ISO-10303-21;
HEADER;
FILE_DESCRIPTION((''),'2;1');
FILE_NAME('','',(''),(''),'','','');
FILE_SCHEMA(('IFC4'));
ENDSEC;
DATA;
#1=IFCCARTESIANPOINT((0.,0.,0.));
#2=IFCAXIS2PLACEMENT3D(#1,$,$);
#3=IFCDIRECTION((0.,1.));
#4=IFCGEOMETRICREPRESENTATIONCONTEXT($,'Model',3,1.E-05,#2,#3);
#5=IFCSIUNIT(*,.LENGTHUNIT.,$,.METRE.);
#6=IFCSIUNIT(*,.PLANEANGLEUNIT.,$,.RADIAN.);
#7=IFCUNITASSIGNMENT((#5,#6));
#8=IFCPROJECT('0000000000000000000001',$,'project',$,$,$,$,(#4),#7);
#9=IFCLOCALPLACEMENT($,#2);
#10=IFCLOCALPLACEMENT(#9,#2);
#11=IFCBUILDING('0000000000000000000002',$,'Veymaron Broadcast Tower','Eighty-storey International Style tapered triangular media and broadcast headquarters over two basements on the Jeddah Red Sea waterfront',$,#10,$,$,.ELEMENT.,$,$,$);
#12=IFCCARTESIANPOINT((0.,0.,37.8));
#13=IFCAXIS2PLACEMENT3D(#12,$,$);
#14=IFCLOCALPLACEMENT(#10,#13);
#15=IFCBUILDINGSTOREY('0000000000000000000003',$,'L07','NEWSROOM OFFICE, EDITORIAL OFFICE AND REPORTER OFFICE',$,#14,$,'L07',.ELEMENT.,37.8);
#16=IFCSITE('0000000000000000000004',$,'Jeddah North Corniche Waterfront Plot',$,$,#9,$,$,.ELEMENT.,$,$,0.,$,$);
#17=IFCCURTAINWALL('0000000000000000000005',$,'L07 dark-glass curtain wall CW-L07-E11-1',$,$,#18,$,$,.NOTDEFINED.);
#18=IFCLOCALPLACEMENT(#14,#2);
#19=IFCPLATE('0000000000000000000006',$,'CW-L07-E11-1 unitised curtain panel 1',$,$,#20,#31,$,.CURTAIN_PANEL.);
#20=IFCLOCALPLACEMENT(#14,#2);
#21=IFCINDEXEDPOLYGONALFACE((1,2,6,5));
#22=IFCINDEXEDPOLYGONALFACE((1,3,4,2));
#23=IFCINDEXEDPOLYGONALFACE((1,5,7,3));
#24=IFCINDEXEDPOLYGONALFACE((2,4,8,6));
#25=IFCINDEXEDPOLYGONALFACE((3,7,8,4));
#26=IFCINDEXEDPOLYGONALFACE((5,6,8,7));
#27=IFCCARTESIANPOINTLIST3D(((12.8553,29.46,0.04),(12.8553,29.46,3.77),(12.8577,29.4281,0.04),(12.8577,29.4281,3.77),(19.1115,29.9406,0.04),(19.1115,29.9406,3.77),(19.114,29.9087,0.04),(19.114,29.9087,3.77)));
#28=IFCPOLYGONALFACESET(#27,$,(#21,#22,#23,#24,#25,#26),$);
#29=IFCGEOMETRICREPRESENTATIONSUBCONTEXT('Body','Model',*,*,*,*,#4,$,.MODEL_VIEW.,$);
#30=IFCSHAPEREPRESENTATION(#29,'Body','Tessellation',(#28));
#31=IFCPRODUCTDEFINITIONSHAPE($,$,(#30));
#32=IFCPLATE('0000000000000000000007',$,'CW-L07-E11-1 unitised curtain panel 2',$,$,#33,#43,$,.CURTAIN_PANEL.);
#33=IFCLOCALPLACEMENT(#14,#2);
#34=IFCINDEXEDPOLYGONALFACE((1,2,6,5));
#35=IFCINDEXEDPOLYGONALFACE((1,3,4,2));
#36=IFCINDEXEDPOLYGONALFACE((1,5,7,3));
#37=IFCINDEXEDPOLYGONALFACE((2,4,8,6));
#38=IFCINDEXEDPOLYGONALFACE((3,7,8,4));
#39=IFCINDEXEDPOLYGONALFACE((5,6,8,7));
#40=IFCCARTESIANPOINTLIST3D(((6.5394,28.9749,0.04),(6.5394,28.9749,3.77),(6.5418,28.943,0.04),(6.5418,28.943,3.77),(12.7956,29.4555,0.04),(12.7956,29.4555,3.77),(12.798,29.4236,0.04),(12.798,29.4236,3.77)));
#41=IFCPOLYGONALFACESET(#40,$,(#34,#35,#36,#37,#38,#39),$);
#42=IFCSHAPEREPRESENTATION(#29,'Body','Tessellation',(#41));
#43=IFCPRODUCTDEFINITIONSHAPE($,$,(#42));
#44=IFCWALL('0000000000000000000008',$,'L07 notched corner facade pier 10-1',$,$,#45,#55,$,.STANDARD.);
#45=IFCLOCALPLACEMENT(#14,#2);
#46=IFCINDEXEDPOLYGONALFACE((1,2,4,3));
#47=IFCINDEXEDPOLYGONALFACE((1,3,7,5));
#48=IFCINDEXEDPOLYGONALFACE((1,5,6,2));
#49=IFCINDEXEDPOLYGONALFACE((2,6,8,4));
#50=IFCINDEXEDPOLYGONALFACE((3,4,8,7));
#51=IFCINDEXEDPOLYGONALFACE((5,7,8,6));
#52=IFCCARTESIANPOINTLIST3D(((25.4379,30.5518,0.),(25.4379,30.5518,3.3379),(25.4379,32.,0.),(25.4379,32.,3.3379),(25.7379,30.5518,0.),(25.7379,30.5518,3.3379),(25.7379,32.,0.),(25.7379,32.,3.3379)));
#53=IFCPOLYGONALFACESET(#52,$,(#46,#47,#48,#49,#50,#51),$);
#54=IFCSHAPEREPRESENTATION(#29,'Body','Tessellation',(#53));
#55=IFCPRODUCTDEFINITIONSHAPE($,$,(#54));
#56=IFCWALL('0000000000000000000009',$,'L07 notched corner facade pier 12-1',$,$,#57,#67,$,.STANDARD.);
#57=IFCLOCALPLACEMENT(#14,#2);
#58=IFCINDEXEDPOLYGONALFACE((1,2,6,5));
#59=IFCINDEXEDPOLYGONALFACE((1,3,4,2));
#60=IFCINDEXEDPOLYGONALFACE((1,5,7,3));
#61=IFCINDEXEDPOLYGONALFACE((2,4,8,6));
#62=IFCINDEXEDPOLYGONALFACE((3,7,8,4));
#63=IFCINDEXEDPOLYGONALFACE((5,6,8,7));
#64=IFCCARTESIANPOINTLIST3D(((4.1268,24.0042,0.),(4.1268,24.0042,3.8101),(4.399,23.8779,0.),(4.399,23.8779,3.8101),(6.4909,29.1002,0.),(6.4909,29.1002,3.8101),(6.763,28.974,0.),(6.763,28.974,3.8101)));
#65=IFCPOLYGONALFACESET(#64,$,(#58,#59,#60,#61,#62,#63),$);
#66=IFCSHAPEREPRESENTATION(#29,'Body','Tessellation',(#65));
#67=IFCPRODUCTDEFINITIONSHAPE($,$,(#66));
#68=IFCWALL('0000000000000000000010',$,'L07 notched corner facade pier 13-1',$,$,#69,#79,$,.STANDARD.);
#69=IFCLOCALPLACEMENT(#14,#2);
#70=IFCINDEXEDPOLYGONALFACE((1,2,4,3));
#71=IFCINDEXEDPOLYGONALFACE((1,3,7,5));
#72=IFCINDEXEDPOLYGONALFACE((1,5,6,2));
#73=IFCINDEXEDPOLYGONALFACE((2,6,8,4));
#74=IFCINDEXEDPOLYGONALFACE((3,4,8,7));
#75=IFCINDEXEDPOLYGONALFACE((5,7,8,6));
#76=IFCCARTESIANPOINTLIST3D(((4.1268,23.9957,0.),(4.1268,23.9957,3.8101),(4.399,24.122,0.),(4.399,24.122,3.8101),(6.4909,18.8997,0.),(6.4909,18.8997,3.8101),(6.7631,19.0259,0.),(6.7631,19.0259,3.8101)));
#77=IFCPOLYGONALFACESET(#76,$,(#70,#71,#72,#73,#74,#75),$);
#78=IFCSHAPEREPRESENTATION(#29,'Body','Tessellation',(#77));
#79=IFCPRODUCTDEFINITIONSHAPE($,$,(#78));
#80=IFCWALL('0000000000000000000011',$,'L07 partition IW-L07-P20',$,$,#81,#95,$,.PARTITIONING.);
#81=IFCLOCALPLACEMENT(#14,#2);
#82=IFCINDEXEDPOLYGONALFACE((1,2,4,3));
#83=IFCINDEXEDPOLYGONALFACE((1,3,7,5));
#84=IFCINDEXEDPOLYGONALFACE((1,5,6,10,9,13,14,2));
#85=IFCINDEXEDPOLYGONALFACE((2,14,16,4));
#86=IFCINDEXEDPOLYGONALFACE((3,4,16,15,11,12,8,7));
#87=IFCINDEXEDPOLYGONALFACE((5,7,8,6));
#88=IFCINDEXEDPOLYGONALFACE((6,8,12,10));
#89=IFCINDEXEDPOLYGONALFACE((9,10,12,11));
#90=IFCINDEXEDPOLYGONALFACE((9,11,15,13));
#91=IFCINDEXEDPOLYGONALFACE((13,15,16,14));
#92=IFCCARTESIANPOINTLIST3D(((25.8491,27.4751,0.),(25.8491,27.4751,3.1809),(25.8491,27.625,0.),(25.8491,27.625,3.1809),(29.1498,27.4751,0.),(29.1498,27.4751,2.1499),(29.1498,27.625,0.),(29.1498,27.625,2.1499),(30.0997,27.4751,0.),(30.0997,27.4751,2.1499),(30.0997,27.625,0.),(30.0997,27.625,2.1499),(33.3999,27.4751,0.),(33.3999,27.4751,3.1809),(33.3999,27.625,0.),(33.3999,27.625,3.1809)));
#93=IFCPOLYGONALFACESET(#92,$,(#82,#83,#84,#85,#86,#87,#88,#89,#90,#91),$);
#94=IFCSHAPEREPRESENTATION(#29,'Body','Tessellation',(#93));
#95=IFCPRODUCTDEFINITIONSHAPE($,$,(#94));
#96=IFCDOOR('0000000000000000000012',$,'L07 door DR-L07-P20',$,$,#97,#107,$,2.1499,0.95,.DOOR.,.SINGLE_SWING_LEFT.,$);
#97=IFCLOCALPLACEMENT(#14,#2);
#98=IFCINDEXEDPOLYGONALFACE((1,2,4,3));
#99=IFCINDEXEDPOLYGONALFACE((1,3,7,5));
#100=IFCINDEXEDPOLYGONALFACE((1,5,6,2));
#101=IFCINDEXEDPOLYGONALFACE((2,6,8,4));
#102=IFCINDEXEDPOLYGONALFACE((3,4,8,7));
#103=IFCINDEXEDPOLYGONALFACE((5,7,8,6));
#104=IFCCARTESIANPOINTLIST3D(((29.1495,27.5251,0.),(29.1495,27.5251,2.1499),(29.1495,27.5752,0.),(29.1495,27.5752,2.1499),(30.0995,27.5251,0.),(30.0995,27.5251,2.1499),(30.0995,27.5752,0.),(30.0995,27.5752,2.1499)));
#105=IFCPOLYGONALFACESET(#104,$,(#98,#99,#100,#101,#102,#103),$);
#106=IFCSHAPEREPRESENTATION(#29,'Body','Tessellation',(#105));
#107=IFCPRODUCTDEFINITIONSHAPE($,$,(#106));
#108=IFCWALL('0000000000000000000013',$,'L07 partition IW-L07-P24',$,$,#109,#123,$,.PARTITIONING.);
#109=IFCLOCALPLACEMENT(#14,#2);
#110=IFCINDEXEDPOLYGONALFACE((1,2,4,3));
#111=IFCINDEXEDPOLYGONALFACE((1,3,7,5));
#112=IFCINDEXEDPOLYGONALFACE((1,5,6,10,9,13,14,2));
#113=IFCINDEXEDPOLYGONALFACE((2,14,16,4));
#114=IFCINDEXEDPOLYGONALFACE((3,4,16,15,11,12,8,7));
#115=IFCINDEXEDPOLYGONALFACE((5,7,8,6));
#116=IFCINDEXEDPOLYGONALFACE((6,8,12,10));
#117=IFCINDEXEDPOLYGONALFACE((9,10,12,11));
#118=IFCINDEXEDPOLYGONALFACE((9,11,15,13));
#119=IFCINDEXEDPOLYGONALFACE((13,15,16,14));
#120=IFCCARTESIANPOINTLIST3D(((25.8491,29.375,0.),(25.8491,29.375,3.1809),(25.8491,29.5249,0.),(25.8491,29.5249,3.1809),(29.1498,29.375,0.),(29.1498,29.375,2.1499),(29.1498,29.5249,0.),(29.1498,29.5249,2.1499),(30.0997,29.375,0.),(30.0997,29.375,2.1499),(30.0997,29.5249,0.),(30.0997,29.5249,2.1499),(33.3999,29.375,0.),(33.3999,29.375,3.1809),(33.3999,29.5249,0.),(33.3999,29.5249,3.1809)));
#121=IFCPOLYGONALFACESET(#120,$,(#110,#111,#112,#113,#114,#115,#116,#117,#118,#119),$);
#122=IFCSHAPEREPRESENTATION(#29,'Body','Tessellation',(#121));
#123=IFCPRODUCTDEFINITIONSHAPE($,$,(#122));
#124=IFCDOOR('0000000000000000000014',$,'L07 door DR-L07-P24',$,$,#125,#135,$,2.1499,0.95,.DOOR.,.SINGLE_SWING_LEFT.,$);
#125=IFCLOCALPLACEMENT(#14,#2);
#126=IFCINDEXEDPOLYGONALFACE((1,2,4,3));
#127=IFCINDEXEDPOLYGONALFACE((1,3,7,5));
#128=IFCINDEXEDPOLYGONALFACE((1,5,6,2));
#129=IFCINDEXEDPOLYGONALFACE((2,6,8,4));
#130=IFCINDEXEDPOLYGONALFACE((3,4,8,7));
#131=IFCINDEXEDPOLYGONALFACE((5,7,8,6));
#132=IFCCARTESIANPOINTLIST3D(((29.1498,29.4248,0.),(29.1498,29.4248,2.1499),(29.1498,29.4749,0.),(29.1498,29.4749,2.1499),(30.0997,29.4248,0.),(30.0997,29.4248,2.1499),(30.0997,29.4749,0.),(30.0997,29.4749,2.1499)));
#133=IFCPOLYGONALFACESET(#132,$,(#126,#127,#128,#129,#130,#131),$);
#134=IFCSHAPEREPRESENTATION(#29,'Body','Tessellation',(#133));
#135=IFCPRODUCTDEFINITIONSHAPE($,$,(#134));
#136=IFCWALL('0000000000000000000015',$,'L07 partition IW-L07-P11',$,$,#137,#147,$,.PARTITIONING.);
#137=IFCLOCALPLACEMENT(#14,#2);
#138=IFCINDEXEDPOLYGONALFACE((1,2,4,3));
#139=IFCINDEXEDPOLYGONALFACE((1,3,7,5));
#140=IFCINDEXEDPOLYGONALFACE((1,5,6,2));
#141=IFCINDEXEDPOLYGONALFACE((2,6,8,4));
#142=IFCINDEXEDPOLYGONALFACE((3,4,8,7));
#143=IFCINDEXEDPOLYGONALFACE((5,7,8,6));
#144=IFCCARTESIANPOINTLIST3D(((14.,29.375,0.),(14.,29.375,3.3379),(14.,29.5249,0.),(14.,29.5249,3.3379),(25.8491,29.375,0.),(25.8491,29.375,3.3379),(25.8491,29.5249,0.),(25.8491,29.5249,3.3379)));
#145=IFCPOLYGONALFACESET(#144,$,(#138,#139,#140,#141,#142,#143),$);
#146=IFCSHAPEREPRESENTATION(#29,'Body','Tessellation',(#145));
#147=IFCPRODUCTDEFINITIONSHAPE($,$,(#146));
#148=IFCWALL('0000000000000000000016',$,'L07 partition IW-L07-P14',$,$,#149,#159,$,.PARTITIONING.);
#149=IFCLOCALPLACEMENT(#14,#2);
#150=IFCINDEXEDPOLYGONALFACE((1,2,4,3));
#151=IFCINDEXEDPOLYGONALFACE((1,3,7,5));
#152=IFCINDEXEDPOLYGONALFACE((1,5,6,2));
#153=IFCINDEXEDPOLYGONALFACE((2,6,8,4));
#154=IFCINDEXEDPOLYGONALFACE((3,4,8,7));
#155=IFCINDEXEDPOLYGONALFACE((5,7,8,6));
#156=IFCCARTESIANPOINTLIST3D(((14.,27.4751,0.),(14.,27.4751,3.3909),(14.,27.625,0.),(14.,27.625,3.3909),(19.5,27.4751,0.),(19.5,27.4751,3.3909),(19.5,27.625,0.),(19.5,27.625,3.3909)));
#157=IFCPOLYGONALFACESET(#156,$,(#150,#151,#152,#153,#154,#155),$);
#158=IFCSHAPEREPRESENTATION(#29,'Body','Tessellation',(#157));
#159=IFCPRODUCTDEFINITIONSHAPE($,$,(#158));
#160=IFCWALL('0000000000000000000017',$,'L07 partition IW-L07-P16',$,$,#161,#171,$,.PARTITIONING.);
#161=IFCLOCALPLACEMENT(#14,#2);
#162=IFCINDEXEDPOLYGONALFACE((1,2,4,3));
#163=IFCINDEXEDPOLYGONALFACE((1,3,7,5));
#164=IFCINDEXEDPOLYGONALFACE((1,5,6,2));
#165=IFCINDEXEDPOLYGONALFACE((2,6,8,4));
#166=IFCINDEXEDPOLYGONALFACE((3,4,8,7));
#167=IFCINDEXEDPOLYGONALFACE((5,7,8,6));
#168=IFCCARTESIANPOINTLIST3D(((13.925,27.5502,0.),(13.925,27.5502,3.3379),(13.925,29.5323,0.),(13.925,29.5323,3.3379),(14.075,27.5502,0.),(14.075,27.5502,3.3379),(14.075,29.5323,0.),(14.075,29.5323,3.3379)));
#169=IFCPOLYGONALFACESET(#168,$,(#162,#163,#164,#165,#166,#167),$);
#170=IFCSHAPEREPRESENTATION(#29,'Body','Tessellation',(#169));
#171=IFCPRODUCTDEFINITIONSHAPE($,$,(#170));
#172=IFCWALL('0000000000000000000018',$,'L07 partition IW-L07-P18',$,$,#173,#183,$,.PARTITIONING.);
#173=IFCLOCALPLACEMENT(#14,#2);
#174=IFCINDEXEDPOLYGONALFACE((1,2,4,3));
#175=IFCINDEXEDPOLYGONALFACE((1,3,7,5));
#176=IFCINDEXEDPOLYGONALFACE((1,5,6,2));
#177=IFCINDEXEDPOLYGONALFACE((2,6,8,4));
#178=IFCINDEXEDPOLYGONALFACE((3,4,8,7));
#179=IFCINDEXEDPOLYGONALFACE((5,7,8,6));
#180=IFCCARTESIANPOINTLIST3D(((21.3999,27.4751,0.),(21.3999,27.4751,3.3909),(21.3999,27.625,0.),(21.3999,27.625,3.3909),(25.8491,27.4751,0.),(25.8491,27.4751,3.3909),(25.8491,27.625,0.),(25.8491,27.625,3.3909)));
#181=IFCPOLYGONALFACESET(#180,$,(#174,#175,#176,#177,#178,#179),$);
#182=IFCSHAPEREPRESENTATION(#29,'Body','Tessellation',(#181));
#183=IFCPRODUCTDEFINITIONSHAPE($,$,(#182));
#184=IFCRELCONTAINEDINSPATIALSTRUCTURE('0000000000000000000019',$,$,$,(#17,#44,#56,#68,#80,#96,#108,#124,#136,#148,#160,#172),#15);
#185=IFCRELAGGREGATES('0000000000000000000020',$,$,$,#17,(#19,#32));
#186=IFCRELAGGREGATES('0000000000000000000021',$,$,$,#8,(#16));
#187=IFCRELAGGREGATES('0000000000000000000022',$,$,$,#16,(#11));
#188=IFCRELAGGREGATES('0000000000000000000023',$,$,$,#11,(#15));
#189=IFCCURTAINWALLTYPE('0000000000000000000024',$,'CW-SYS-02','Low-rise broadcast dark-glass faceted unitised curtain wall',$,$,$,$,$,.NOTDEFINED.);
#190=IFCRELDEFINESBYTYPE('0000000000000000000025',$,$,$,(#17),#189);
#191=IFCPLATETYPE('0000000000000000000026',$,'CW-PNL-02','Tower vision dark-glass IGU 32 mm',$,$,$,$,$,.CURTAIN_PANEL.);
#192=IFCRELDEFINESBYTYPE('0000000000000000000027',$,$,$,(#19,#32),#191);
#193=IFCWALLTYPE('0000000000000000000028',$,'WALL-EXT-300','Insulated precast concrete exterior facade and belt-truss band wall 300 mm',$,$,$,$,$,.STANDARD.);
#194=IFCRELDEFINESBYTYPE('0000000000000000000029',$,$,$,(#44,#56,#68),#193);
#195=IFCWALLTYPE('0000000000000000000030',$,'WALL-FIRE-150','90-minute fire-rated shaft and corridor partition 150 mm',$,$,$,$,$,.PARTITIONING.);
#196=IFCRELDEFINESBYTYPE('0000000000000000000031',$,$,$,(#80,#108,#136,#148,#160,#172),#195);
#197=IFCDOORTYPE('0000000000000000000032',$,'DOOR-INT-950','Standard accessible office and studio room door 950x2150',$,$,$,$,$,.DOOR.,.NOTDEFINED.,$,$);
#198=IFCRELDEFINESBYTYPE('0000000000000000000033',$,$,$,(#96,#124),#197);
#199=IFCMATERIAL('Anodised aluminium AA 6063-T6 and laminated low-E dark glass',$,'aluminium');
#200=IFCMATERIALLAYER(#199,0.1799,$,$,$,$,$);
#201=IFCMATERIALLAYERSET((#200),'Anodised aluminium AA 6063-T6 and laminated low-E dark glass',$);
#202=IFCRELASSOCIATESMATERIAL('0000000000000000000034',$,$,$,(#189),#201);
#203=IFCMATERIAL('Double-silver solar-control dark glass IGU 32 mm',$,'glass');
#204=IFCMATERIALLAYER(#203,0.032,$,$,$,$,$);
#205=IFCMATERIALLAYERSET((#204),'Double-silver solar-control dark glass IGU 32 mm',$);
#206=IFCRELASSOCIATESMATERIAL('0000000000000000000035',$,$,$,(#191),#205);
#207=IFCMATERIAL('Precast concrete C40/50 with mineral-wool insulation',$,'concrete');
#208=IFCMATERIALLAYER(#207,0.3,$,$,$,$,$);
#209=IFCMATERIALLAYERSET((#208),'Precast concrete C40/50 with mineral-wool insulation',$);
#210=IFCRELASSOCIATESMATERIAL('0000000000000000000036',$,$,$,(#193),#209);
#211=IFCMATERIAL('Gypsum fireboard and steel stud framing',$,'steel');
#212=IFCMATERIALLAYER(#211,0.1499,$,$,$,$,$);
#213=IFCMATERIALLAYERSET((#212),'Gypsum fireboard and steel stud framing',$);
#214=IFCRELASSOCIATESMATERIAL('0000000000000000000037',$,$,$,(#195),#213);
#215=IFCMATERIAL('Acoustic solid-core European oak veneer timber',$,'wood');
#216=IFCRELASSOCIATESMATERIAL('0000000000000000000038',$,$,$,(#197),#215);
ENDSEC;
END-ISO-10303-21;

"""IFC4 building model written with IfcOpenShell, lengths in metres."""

from ifc_helpers import new_model, si_unit, direction, frame, frame_2d, origin, origin_2d, place, context, subcontext, project, spatial, rectangle, extrude, material, layer, layer_set, type_object, element, fill, aggregate, save


model = new_model("IFC4")

# Units and contexts
model_context = context("Model", 3, precision=1e-05, world=origin(), true_north=direction((0.0, 1.0)))
body_context = subcontext(model_context, "Body", "Model", "MODEL_VIEW")
ifc_project = project(units=[si_unit("LENGTHUNIT", "METRE"), si_unit("PLANEANGLEUNIT", "RADIAN")], contexts=[model_context])

# Site, building, storey
site_placement = place(None, origin())
site = spatial("IfcSite", under=ifc_project, at=site_placement, Name="Jeddah North Corniche Waterfront Plot", CompositionType="ELEMENT", RefElevation=0.0)
building_placement = place(site_placement, origin())
building = spatial("IfcBuilding", under=site, at=building_placement, Name="Veymaron Broadcast Tower", Description="Eighty-storey International Style tapered triangular media and broadcast headquarters over two basements on the Jeddah Red Sea waterfront", CompositionType="ELEMENT")
storey_placement = place(building_placement, frame((0.0, 0.0, 37.8)))
storey = spatial("IfcBuildingStorey", under=building, at=storey_placement, Name="L07", Description="NEWSROOM OFFICE, EDITORIAL OFFICE AND REPORTER OFFICE", LongName="L07", CompositionType="ELEMENT", Elevation=37.8)

# Curtain wall, plates
ifc_material_1 = material(Name="Anodised aluminium AA 6063-T6 and laminated low-E dark glass", Category="aluminium")
ifc_layer_1 = layer(ifc_material_1, 0.1799)
ifc_layer_set_1 = layer_set([ifc_layer_1], Name="Anodised aluminium AA 6063-T6 and laminated low-E dark glass")
curtain_wall_type = type_object("IfcCurtainWallType", Name="CW-SYS-02", Description="Low-rise broadcast dark-glass faceted unitised curtain wall", PredefinedType="NOTDEFINED", material=ifc_layer_set_1)
curtain_wall_placement = place(storey_placement, origin())
curtain_wall = element("IfcCurtainWall", 1, at=curtain_wall_placement, inside=storey, type_object=curtain_wall_type, Name="L07 dark-glass curtain wall CW-L07-E11-1", PredefinedType="NOTDEFINED")
ifc_material_2 = material(Name="Double-silver solar-control dark glass IGU 32 mm", Category="glass")
ifc_layer_2 = layer(ifc_material_2, 0.032)
ifc_layer_set_2 = layer_set([ifc_layer_2], Name="Double-silver solar-control dark glass IGU 32 mm")
plate_type = type_object("IfcPlateType", Name="CW-PNL-02", Description="Tower vision dark-glass IGU 32 mm", PredefinedType="CURTAIN_PANEL", material=ifc_layer_set_2)
plate_1_placement = place(storey_placement, frame((15.9846, 29.6843, 0.04), z_axis=(0.0, 0.0, 1.0), x_axis=(-0.997062, -0.076597, 0.0)))
plate_1 = element("IfcPlate", 2, at=plate_1_placement, type_object=plate_type, Name="CW-L07-E11-1 unitised curtain panel 1", PredefinedType="CURTAIN_PANEL", context=body_context, shape_type="SweptSolid", body=[
    extrude(rectangle(XDim=6.2747, YDim=0.032, at=origin_2d()), origin(), (0.0, 0.0, 1.0), 3.73),
])
plate_2_placement = place(storey_placement, frame((9.6687, 29.1992, 0.04), z_axis=(0.0, 0.0, 1.0), x_axis=(-0.997062, -0.076597, 0.0)))
plate_2 = element("IfcPlate", 3, at=plate_2_placement, type_object=plate_type, Name="CW-L07-E11-1 unitised curtain panel 2", PredefinedType="CURTAIN_PANEL", context=body_context, shape_type="SweptSolid", body=[
    extrude(rectangle(XDim=6.2747, YDim=0.032, at=origin_2d()), origin(), (0.0, 0.0, 1.0), 3.73),
])
aggregate(curtain_wall, [plate_1, plate_2])

# Walls
ifc_material_3 = material(Name="Precast concrete C40/50 with mineral-wool insulation", Category="concrete")
ifc_layer_3 = layer(ifc_material_3, 0.3)
ifc_layer_set_3 = layer_set([ifc_layer_3], Name="Precast concrete C40/50 with mineral-wool insulation")
wall_type_1 = type_object("IfcWallType", Name="WALL-EXT-300", Description="Insulated precast concrete exterior facade and belt-truss band wall 300 mm", PredefinedType="STANDARD", material=ifc_layer_set_3)
wall_1_placement = place(storey_placement, frame((25.5879, 32.0, 0.0), z_axis=(0.0, 0.0, 1.0), x_axis=(0.0, -1.0, 0.0)))
element("IfcWall", 4, at=wall_1_placement, inside=storey, type_object=wall_type_1, Name="L07 notched corner facade pier 10-1", PredefinedType="STANDARD", context=body_context, shape_type="SweptSolid", body=[
    extrude(rectangle(XDim=1.4482, YDim=0.3, at=frame_2d((0.7241, 0.0))), origin(), (0.0, 0.0, 1.0), 3.3379),
])
for number, where, z_axis, x_axis, name in (
    (5, (6.627, 29.0371, 0.0), (0.0, 0.0, 1.0), (-0.420824, -0.907142, 0.0), "L07 notched corner facade pier 12-1"),
    (6, (4.2629, 24.0588, 0.0), (0.0, 0.0, 1.0), (0.420824, -0.907142, 0.0), "L07 notched corner facade pier 13-1"),
):
    element("IfcWall", number, at=place(storey_placement, frame(where, z_axis=z_axis, x_axis=x_axis)), inside=storey, type_object=wall_type_1, Name=name, PredefinedType="STANDARD", context=body_context, shape_type="SweptSolid", body=[
        extrude(rectangle(XDim=5.6177, YDim=0.3, at=frame_2d((2.8088, 0.0))), origin(), (0.0, 0.0, 1.0), 3.8101),
    ])

# Walls, openings, doors
ifc_material_4 = material(Name="Gypsum fireboard and steel stud framing", Category="steel")
ifc_layer_4 = layer(ifc_material_4, 0.1499)
ifc_layer_set_4 = layer_set([ifc_layer_4], Name="Gypsum fireboard and steel stud framing")
wall_type_2 = type_object("IfcWallType", Name="WALL-FIRE-150", Description="90-minute fire-rated shaft and corridor partition 150 mm", PredefinedType="PARTITIONING", material=ifc_layer_set_4)
wall_2_placement = place(storey_placement, frame((25.8491, 27.55, 0.0), z_axis=(0.0, 0.0, 1.0), x_axis=(1.0, 0.0, 0.0)))
wall_2 = element("IfcWall", 7, at=wall_2_placement, inside=storey, type_object=wall_type_2, Name="L07 partition IW-L07-P20", PredefinedType="PARTITIONING", context=body_context, shape_type="SweptSolid", body=[
    extrude(rectangle(XDim=7.5508, YDim=0.1499, at=frame_2d((3.7754, 0.0))), origin(), (0.0, 0.0, 1.0), 3.1809),
])
opening_1_placement = place(wall_2_placement, frame((3.3005, 0.0, 0.0)))
opening_1 = element("IfcOpeningElement", 8, at=opening_1_placement, cuts=wall_2, PredefinedType="OPENING", context=body_context, shape_type="SweptSolid", body=[
    extrude(rectangle(XDim=0.95, YDim=2.1499, at=frame_2d((0.4751, 1.075))), frame((0.0, 0.085, 0.0), z_axis=(0.0, -1.0, 0.0), x_axis=(1.0, 0.0, 0.0)), (0.0, 0.0, 1.0), 0.1699),
])
ifc_material_5 = material(Name="Acoustic solid-core European oak veneer timber", Category="wood")
door_type = type_object("IfcDoorType", Name="DOOR-INT-950", Description="Standard accessible office and studio room door 950x2150", OperationType="NOTDEFINED", PredefinedType="DOOR", material=ifc_material_5)
door_1_placement = place(opening_1_placement, frame((0.95, 0.0, 0.0), z_axis=(0.0, 0.0, 1.0), x_axis=(-1.0, 0.0, 0.0)))
door_1 = element("IfcDoor", 9, at=door_1_placement, inside=storey, type_object=door_type, Name="L07 door DR-L07-P20", OperationType="SINGLE_SWING_LEFT", OverallHeight=2.1499, OverallWidth=0.95, PredefinedType="DOOR", context=body_context, shape_type="SweptSolid", body=[
    extrude(rectangle(XDim=0.95, YDim=2.1499, at=frame_2d((0.4751, 1.075))), frame((0.0, 0.0249, 0.0), z_axis=(0.0, -1.0, 0.0), x_axis=(1.0, 0.0, 0.0)), (0.0, 0.0, 1.0), 0.05),
])
fill(opening_1, door_1)
wall_3_placement = place(storey_placement, frame((25.8491, 29.45, 0.0), z_axis=(0.0, 0.0, 1.0), x_axis=(1.0, 0.0, 0.0)))
wall_3 = element("IfcWall", 10, at=wall_3_placement, inside=storey, type_object=wall_type_2, Name="L07 partition IW-L07-P24", PredefinedType="PARTITIONING", context=body_context, shape_type="SweptSolid", body=[
    extrude(rectangle(XDim=7.5508, YDim=0.1499, at=frame_2d((3.7754, 0.0))), origin(), (0.0, 0.0, 1.0), 3.1809),
])
opening_2_placement = place(wall_3_placement, frame((3.3005, 0.0, 0.0)))
opening_2 = element("IfcOpeningElement", 11, at=opening_2_placement, cuts=wall_3, PredefinedType="OPENING", context=body_context, shape_type="SweptSolid", body=[
    extrude(rectangle(XDim=0.95, YDim=2.1499, at=frame_2d((0.4751, 1.075))), frame((0.0, 0.085, 0.0), z_axis=(0.0, -1.0, 0.0), x_axis=(1.0, 0.0, 0.0)), (0.0, 0.0, 1.0), 0.1699),
])
door_2_placement = place(opening_2_placement, origin())
door_2 = element("IfcDoor", 12, at=door_2_placement, inside=storey, type_object=door_type, Name="L07 door DR-L07-P24", OperationType="SINGLE_SWING_LEFT", OverallHeight=2.1499, OverallWidth=0.95, PredefinedType="DOOR", context=body_context, shape_type="SweptSolid", body=[
    extrude(rectangle(XDim=0.95, YDim=2.1499, at=frame_2d((0.4751, 1.075))), frame((0.0, 0.0249, 0.0), z_axis=(0.0, -1.0, 0.0), x_axis=(1.0, 0.0, 0.0)), (0.0, 0.0, 1.0), 0.05),
])
fill(opening_2, door_2)

# Walls
wall_4_placement = place(storey_placement, frame((14.0, 29.45, 0.0), z_axis=(0.0, 0.0, 1.0), x_axis=(1.0, 0.0, 0.0)))
element("IfcWall", 13, at=wall_4_placement, inside=storey, type_object=wall_type_2, Name="L07 partition IW-L07-P11", PredefinedType="PARTITIONING", context=body_context, shape_type="SweptSolid", body=[
    extrude(rectangle(XDim=11.8491, YDim=0.1499, at=frame_2d((5.9246, 0.0))), origin(), (0.0, 0.0, 1.0), 3.3379),
])
wall_5_placement = place(storey_placement, frame((14.0, 27.55, 0.0), z_axis=(0.0, 0.0, 1.0), x_axis=(1.0, 0.0, 0.0)))
element("IfcWall", 14, at=wall_5_placement, inside=storey, type_object=wall_type_2, Name="L07 partition IW-L07-P14", PredefinedType="PARTITIONING", context=body_context, shape_type="SweptSolid", body=[
    extrude(rectangle(XDim=5.5, YDim=0.1499, at=frame_2d((2.75, 0.0))), origin(), (0.0, 0.0, 1.0), 3.3909),
])
wall_6_placement = place(storey_placement, frame((14.0, 27.55, 0.0), z_axis=(0.0, 0.0, 1.0), x_axis=(0.0, 1.0, 0.0)))
element("IfcWall", 15, at=wall_6_placement, inside=storey, type_object=wall_type_2, Name="L07 partition IW-L07-P16", PredefinedType="PARTITIONING", context=body_context, shape_type="SweptSolid", body=[
    extrude(rectangle(XDim=1.9822, YDim=0.1499, at=frame_2d((0.9912, 0.0))), origin(), (0.0, 0.0, 1.0), 3.3379),
])
wall_7_placement = place(storey_placement, frame((21.3999, 27.55, 0.0), z_axis=(0.0, 0.0, 1.0), x_axis=(1.0, 0.0, 0.0)))
element("IfcWall", 16, at=wall_7_placement, inside=storey, type_object=wall_type_2, Name="L07 partition IW-L07-P18", PredefinedType="PARTITIONING", context=body_context, shape_type="SweptSolid", body=[
    extrude(rectangle(XDim=4.4492, YDim=0.1499, at=frame_2d((2.2246, 0.0))), origin(), (0.0, 0.0, 1.0), 3.3909),
])

save(model, "model.ifc")
